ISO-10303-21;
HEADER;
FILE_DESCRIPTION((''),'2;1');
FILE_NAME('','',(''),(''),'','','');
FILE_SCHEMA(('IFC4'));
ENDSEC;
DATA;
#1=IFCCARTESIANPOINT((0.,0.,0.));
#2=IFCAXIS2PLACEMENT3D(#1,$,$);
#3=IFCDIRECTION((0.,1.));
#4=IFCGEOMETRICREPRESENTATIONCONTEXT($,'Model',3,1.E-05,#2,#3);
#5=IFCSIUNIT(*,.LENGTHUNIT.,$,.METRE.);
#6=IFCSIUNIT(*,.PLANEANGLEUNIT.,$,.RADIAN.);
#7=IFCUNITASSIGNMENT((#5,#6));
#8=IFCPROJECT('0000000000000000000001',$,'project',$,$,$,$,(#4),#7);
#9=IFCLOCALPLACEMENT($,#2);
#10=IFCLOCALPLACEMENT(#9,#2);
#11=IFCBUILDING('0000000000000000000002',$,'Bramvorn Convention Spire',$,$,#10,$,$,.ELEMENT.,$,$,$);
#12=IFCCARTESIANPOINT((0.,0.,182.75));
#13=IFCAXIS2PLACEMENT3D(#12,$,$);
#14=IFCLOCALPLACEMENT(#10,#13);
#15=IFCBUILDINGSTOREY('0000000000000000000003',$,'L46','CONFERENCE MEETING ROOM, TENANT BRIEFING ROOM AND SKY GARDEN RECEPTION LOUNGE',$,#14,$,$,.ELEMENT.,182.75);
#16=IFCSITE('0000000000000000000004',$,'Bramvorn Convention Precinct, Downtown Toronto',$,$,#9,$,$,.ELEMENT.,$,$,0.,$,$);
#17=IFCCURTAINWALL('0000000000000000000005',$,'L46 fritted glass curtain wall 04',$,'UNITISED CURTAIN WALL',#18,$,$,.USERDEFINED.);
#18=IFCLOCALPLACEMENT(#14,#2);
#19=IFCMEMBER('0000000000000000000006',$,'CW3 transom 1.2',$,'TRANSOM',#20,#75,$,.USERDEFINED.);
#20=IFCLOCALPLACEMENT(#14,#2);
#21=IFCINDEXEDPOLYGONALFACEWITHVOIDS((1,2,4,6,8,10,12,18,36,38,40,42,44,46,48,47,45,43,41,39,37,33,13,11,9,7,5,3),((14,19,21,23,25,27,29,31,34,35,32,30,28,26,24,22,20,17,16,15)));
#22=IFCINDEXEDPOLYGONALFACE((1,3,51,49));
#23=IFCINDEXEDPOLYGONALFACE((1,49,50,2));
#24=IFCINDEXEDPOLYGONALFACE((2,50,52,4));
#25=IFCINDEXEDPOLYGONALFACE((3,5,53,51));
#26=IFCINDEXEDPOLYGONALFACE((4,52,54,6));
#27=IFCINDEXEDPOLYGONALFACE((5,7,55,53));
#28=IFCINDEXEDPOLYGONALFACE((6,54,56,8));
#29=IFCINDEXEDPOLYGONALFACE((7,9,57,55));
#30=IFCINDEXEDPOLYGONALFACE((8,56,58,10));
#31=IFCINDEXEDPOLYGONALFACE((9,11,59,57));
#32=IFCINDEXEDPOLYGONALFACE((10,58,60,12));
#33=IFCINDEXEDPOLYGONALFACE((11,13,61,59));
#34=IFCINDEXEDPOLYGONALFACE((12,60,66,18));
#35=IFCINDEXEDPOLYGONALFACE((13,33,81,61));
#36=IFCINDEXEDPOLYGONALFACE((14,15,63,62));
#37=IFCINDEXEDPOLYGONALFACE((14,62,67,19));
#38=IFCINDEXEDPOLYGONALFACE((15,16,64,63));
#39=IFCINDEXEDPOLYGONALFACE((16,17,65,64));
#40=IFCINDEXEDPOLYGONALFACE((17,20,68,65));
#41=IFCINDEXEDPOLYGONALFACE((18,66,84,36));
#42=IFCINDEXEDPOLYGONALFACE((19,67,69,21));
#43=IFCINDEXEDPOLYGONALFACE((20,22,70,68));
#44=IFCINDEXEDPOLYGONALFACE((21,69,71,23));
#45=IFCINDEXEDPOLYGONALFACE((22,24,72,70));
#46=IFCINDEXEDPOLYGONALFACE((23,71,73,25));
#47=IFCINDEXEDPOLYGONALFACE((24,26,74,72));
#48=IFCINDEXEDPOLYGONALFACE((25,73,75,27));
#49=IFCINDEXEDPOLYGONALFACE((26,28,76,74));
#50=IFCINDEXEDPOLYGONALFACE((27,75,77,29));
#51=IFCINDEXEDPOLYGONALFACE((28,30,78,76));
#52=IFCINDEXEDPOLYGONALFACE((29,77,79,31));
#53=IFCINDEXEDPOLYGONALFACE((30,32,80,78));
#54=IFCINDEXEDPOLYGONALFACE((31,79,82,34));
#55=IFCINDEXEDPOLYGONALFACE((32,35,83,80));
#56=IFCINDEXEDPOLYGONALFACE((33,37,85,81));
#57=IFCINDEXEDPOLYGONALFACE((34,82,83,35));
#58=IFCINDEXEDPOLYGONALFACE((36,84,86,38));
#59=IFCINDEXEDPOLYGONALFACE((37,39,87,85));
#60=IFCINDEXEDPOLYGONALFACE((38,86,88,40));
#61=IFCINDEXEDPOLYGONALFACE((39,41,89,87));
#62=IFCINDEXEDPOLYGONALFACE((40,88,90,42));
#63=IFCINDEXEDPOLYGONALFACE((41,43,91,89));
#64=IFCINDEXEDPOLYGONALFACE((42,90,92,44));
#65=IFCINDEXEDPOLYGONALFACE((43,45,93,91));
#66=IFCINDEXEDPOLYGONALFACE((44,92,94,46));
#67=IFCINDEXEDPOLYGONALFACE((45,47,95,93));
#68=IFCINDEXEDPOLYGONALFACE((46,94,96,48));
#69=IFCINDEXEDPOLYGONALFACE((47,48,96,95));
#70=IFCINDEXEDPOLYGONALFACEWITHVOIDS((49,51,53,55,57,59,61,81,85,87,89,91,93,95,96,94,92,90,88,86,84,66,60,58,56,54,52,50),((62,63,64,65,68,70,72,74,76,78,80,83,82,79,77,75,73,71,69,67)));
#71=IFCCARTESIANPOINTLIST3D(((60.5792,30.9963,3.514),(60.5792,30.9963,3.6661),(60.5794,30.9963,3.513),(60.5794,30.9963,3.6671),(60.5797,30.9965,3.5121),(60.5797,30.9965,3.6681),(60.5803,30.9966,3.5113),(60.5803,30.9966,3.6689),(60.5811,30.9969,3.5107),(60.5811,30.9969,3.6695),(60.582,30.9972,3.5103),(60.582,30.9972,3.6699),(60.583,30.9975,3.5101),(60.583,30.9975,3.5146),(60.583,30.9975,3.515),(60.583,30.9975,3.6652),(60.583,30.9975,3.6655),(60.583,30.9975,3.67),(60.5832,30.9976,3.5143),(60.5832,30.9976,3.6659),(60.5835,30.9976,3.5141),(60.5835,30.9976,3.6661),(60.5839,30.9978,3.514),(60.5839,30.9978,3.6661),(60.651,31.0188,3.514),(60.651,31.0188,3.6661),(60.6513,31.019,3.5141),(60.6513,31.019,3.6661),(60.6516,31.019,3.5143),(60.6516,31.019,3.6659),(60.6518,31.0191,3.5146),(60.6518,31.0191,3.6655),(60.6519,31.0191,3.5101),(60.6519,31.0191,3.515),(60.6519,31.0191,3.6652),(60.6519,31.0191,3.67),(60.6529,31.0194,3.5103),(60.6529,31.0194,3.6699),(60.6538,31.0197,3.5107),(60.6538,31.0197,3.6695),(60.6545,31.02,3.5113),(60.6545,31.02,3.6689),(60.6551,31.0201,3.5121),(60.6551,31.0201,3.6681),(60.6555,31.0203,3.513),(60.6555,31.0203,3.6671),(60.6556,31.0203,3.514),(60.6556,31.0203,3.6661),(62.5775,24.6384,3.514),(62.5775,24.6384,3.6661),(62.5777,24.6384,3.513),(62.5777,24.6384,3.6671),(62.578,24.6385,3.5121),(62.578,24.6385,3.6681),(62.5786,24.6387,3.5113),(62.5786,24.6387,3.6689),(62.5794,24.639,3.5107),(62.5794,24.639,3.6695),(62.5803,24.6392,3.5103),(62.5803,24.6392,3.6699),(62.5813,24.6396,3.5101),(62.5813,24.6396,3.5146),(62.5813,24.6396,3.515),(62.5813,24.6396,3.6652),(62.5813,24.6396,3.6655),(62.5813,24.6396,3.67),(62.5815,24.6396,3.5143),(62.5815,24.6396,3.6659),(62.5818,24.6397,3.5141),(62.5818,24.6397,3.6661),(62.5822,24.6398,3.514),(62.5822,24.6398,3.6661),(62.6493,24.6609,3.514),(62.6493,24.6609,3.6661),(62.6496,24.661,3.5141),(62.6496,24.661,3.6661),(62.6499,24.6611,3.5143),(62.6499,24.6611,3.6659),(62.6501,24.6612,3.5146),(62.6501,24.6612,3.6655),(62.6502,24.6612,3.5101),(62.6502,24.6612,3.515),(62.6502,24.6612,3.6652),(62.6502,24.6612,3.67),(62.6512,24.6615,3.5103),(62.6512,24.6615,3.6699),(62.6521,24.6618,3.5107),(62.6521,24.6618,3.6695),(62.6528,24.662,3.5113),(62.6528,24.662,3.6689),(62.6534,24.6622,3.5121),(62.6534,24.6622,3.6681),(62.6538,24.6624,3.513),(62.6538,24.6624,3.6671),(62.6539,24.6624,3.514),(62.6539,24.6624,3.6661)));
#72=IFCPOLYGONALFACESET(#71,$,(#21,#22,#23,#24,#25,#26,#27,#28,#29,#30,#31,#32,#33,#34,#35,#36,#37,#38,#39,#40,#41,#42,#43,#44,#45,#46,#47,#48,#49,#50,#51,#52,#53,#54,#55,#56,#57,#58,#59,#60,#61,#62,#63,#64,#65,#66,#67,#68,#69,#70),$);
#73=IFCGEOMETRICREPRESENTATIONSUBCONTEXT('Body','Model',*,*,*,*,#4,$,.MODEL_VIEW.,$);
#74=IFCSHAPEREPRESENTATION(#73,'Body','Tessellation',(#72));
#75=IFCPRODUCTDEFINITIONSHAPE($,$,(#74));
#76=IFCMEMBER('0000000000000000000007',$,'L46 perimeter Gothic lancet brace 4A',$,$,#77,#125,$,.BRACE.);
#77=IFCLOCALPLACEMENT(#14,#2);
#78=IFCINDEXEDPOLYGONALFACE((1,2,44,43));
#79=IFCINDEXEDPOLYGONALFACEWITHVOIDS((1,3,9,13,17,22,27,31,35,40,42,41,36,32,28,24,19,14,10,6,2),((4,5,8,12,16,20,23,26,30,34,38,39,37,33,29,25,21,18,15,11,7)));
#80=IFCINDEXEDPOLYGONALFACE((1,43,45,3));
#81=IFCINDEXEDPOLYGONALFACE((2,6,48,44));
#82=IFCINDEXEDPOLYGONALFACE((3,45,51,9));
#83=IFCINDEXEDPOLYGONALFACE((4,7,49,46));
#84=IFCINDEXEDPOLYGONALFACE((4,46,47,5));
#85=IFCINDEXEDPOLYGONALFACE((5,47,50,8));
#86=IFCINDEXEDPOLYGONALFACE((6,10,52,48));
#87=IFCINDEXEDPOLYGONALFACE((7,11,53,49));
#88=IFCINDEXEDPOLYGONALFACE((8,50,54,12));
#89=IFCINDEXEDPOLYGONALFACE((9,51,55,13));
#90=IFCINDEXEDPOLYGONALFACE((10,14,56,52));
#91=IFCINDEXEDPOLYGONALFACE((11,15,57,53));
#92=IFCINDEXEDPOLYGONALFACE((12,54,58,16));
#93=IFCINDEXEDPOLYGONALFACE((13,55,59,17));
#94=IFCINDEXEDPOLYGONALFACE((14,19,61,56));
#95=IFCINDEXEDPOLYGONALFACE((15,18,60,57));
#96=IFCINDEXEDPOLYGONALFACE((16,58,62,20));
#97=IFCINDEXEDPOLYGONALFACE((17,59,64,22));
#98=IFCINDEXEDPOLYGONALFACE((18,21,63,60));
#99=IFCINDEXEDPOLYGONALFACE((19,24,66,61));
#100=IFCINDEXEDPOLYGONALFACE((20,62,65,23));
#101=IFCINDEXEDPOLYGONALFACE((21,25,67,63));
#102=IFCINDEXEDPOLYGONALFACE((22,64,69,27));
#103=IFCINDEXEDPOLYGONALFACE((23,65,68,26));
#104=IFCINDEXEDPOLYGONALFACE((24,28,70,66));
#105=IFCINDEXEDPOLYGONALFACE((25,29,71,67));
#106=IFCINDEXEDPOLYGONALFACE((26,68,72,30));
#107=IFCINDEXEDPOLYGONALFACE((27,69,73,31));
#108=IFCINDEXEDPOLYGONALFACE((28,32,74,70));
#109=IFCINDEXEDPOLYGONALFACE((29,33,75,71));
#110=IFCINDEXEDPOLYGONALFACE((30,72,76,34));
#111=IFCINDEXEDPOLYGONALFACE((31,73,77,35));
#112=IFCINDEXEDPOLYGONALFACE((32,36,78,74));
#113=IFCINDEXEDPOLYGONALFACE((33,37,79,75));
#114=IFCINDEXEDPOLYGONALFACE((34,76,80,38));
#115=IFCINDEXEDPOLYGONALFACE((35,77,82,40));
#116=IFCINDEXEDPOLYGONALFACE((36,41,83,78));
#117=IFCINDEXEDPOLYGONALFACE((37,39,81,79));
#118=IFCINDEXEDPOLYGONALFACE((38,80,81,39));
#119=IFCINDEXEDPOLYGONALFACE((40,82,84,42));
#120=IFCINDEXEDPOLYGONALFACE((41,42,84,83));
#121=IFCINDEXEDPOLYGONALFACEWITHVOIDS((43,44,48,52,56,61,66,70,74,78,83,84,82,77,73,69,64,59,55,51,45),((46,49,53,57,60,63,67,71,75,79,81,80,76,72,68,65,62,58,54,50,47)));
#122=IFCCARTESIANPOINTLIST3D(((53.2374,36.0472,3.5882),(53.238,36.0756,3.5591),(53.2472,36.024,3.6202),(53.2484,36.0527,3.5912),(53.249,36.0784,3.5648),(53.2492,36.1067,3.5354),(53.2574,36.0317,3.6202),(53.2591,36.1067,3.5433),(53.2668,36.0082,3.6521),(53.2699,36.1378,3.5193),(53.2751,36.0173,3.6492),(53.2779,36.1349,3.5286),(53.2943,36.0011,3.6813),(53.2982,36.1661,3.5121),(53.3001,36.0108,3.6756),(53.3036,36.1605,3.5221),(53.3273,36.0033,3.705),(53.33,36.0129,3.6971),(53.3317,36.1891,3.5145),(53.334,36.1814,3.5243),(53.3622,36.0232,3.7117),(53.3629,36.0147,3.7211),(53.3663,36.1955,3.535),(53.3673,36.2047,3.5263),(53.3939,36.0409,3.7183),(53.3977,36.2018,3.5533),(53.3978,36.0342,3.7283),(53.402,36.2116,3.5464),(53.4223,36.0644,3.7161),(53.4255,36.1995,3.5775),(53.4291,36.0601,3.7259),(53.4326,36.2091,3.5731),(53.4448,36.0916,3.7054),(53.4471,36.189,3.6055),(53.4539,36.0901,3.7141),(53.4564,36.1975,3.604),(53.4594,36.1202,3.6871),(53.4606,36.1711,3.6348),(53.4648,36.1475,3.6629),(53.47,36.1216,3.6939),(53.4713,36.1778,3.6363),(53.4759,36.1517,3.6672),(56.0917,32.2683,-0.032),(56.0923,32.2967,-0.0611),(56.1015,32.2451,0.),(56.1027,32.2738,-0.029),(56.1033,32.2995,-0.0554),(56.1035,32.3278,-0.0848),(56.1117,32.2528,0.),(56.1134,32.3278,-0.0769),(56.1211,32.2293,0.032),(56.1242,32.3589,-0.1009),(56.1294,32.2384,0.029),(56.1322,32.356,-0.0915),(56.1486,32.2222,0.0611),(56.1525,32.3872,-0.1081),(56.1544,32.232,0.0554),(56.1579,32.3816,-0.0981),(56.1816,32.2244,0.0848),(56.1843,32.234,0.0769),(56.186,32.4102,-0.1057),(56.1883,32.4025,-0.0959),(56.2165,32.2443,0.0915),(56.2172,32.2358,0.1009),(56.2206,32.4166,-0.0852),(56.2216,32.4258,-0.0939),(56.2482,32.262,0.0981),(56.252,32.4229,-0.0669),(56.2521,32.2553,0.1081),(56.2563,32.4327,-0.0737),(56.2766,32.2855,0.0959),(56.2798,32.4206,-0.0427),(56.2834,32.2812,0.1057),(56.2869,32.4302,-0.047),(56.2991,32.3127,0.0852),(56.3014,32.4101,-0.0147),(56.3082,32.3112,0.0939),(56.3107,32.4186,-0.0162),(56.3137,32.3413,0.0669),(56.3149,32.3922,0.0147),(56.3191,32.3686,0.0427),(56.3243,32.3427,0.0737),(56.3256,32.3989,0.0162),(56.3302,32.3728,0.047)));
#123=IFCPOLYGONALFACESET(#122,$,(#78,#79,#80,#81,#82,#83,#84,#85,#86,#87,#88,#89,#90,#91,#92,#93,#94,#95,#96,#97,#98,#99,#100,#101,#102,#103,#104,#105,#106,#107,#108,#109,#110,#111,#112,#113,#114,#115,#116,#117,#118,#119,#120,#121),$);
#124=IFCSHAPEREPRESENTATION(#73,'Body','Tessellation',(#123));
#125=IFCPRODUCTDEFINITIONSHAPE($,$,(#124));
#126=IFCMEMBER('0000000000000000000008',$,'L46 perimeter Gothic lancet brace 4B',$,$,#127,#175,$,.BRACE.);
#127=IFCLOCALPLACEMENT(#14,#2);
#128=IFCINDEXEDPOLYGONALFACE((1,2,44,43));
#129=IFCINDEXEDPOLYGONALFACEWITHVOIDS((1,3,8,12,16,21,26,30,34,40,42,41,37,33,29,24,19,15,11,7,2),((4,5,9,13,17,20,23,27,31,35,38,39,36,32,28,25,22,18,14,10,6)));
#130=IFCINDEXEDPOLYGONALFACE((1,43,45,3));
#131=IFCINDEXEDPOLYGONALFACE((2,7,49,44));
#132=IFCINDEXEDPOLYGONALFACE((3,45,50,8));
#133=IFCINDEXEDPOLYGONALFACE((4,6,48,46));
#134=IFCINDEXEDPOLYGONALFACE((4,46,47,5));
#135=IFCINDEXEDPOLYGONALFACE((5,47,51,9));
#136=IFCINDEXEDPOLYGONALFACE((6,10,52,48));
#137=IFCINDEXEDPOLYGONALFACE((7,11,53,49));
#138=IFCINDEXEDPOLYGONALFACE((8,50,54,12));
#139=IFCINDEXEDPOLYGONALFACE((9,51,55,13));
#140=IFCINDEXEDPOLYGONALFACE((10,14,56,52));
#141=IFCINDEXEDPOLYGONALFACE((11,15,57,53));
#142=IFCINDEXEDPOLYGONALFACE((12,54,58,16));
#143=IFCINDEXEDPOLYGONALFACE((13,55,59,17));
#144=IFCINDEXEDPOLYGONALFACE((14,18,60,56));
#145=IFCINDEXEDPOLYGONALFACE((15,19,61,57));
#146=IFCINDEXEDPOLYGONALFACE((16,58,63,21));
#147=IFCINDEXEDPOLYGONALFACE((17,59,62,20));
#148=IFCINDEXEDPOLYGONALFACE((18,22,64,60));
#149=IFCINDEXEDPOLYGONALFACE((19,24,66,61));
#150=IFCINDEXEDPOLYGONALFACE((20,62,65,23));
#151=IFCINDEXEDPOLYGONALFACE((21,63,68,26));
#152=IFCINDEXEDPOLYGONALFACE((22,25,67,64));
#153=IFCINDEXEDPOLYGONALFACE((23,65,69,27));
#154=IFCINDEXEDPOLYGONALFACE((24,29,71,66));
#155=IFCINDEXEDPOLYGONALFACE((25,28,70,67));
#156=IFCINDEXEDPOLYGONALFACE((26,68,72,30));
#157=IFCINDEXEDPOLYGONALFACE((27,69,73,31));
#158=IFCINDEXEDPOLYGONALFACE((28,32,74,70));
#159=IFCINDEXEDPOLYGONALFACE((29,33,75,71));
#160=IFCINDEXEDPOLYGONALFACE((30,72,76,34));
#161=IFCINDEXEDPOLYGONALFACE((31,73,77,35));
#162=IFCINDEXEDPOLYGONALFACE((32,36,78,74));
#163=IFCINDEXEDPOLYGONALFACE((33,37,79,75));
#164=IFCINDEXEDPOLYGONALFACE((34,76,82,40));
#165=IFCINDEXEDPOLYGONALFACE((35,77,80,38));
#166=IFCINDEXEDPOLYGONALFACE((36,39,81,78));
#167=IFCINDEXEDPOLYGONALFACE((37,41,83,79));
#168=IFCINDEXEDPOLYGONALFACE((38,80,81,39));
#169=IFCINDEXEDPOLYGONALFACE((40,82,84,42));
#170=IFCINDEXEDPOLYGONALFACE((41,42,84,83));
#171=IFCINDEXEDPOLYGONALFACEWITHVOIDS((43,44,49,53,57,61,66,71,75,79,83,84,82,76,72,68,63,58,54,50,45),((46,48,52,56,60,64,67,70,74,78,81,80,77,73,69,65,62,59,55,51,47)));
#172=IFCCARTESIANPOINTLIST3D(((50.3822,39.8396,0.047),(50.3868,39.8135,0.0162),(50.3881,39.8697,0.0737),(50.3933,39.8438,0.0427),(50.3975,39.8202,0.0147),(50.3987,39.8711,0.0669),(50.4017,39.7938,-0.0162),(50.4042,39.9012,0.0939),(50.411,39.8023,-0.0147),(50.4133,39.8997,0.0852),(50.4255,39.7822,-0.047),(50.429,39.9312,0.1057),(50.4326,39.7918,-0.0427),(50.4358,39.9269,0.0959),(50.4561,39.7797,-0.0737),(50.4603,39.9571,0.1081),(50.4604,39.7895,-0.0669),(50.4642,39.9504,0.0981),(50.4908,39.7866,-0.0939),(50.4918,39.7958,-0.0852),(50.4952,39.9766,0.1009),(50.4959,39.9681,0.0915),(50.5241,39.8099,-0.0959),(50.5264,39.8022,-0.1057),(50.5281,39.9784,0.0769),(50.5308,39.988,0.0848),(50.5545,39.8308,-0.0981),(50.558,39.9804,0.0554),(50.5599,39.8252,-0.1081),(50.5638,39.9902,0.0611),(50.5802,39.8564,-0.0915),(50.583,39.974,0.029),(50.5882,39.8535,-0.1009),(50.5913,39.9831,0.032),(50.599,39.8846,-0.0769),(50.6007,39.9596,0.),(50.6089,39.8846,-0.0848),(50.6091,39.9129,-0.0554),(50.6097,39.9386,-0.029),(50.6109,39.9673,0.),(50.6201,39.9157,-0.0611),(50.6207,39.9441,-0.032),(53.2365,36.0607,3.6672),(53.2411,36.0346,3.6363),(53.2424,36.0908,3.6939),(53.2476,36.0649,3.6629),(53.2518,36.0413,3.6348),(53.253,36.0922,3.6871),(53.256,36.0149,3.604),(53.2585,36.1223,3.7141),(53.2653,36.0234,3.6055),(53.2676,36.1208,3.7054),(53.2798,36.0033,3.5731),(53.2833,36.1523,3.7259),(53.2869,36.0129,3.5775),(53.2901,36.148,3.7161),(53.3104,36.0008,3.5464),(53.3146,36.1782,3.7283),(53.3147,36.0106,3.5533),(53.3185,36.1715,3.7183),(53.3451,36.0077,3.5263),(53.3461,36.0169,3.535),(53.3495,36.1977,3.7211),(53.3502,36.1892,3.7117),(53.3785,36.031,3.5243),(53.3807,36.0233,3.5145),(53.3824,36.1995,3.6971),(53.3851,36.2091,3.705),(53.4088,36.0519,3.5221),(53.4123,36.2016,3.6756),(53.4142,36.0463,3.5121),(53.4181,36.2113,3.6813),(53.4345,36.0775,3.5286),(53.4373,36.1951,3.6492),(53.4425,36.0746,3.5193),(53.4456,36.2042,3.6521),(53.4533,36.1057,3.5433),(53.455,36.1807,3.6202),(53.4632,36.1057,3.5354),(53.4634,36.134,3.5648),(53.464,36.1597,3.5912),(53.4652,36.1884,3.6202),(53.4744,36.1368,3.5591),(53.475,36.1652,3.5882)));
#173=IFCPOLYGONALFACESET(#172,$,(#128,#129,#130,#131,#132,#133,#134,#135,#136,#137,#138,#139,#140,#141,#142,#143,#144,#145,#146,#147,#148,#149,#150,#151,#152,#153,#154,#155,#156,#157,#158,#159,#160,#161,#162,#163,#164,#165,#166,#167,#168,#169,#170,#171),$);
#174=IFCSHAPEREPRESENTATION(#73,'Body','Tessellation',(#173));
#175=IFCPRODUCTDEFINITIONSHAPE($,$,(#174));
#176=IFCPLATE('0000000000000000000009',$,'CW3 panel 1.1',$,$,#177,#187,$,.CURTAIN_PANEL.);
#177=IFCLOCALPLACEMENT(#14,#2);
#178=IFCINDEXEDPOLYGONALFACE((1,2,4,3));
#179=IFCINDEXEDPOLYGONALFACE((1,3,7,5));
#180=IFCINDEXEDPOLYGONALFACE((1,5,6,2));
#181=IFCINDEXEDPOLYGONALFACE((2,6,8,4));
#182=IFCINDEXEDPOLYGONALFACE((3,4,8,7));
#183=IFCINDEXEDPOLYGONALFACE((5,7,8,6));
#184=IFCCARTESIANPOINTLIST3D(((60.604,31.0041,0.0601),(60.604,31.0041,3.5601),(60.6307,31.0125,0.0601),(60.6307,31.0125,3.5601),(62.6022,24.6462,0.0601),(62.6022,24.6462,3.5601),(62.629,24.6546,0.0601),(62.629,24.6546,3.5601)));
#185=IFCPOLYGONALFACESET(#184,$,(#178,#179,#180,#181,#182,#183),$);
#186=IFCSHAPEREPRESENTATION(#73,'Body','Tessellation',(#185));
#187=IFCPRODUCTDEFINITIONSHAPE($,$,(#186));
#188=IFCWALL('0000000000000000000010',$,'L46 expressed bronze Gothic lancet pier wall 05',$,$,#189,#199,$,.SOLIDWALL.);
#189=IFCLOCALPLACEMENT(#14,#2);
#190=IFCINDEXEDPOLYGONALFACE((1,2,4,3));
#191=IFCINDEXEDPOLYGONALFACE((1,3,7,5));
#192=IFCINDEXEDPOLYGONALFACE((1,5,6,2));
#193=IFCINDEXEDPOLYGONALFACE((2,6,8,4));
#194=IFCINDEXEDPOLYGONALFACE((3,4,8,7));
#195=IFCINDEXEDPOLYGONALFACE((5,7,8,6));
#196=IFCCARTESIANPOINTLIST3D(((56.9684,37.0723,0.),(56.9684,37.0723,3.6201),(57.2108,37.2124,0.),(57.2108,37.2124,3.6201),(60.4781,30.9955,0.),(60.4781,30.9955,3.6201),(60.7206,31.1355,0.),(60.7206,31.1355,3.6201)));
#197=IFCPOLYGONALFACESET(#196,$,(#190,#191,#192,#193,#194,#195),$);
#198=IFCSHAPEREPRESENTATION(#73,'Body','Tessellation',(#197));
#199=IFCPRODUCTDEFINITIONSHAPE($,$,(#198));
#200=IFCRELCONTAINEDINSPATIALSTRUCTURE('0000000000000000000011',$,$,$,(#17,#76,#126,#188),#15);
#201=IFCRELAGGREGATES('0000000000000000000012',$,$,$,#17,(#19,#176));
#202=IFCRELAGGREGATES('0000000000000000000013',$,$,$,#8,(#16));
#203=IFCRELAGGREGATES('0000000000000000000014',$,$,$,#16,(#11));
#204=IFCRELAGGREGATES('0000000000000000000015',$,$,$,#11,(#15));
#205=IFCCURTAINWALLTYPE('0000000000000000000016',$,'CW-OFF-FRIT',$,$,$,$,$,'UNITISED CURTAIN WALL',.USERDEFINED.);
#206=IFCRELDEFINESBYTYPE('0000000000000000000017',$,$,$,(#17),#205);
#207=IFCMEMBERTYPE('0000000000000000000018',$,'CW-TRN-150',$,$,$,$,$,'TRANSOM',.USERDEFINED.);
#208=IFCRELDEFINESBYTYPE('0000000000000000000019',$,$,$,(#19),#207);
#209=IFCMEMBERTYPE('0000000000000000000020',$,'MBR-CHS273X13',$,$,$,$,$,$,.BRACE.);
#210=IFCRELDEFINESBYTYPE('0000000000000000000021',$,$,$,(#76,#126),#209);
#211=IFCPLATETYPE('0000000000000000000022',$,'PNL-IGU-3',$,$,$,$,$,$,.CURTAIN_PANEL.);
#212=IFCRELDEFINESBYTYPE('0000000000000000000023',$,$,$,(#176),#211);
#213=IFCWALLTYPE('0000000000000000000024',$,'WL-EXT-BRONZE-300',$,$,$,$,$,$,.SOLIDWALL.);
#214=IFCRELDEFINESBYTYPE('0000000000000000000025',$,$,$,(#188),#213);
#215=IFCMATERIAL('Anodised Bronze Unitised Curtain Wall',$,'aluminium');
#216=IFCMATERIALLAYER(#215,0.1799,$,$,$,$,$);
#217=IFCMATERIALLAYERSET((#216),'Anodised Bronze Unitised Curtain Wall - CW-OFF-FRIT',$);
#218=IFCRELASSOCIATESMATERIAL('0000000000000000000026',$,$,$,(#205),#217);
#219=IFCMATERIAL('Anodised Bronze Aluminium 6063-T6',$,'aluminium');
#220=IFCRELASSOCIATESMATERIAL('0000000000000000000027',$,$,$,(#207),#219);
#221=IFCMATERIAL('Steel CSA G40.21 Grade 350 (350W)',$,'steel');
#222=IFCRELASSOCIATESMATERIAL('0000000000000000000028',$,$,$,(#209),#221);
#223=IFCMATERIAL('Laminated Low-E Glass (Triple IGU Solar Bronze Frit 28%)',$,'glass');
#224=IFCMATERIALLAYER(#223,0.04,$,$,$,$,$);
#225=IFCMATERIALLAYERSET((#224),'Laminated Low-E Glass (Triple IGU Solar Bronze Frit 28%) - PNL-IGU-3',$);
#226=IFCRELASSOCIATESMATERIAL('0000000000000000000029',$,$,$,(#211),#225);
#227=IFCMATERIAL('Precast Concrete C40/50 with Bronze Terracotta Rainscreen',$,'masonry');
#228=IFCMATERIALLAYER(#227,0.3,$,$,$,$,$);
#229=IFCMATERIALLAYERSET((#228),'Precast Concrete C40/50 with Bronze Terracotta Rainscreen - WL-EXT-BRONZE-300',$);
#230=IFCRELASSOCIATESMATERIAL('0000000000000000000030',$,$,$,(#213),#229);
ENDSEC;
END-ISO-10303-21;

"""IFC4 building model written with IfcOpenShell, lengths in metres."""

from ifc_helpers import new_model, si_unit, direction, frame, frame_2d, origin, origin_2d, place, context, subcontext, project, spatial, rectangle, hollow_rectangle, hollow_circle, extrude, material, layer, layer_set, material_profile, profile_set, type_object, element, aggregate, save


model = new_model("IFC4")

# Units and contexts
model_context = context("Model", 3, precision=1e-05, world=origin(), true_north=direction((0.0, 1.0)))
body_context = subcontext(model_context, "Body", "Model", "MODEL_VIEW")
ifc_project = project(units=[si_unit("LENGTHUNIT", "METRE"), si_unit("PLANEANGLEUNIT", "RADIAN")], contexts=[model_context])

# Site, building, storey
site_placement = place(None, origin())
site = spatial("IfcSite", under=ifc_project, at=site_placement, Name="Bramvorn Convention Precinct, Downtown Toronto", CompositionType="ELEMENT", RefElevation=0.0)
building_placement = place(site_placement, origin())
building = spatial("IfcBuilding", under=site, at=building_placement, Name="Bramvorn Convention Spire", CompositionType="ELEMENT")
storey_placement = place(building_placement, frame((0.0, 0.0, 182.75)))
storey = spatial("IfcBuildingStorey", under=building, at=storey_placement, Name="L46", Description="CONFERENCE MEETING ROOM, TENANT BRIEFING ROOM AND SKY GARDEN RECEPTION LOUNGE", CompositionType="ELEMENT", Elevation=182.75)

# Shared definitions
ifc_material_1 = material(Name="Steel CSA G40.21 Grade 350 (350W)", Category="steel")

# Shared definitions
ifc_material_2 = material(Name="Anodised Bronze Unitised Curtain Wall", Category="aluminium")
ifc_layer_1 = layer(ifc_material_2, 0.1799)
ifc_layer_set_1 = layer_set([ifc_layer_1], Name="Anodised Bronze Unitised Curtain Wall - CW-OFF-FRIT")
curtain_wall_type = type_object("IfcCurtainWallType", Name="CW-OFF-FRIT", ElementType="UNITISED CURTAIN WALL", PredefinedType="USERDEFINED", material=ifc_layer_set_1)
ifc_material_3 = material(Name="Anodised Bronze Aluminium 6063-T6", Category="aluminium")

# Curtain wall
curtain_wall_1_placement = place(storey_placement, origin())
curtain_wall_1 = element("IfcCurtainWall", 1, at=curtain_wall_1_placement, inside=storey, type_object=curtain_wall_type, Name="L46 fritted glass curtain wall 04", ObjectType="UNITISED CURTAIN WALL", PredefinedType="USERDEFINED")

# Member
ifc_material_profile_1 = material_profile(ifc_material_3, hollow_rectangle(XDim=0.0801, YDim=0.1599, WallThickness=0.0039, InnerFilletRadius=0.001, OuterFilletRadius=0.0039, at=origin_2d()))
ifc_profile_set_1 = profile_set([ifc_material_profile_1], Name="Anodised Bronze Aluminium 6063-T6 - CWT80X160")
member_type_1 = type_object("IfcMemberType", Name="CW-TRN-150", ElementType="TRANSOM", PredefinedType="USERDEFINED", material=ifc_profile_set_1)
member_1_placement = place(storey_placement, frame((60.6174, 31.0083, 3.5901), z_axis=(0.299839, -0.95399, 0.0), x_axis=(0.95399, 0.299839, 0.0)))
member_1 = element("IfcMember", 2, at=member_1_placement, type_object=member_type_1, Name="CW3 transom 1.2", ObjectType="TRANSOM", PredefinedType="USERDEFINED", context=body_context, shape_type="SweptSolid", body=[
    extrude(hollow_rectangle(XDim=0.0801, YDim=0.1599, WallThickness=0.0039, InnerFilletRadius=0.001, OuterFilletRadius=0.0039, at=origin_2d()), origin(), (0.0, 0.0, 1.0), 6.6646),
])

# Members
ifc_material_profile_2 = material_profile(ifc_material_1, hollow_circle(Radius=0.1365, WallThickness=0.0127, at=origin_2d()))
ifc_profile_set_2 = profile_set([ifc_material_profile_2], Name="Steel CSA G40.21 Grade 350 (350W) - CHS273X13")
member_type_2 = type_object("IfcMemberType", Name="MBR-CHS273X13", PredefinedType="BRACE", material=ifc_profile_set_2)
for number, where, z_axis, x_axis, name in (
    (3, (56.2104, 32.3274, 0.0), (-0.478835, 0.633941, 0.607319), (-0.797954, -0.602719, 0.0), "L46 perimeter Gothic lancet brace 4A"),
    (4, (50.502, 39.885, 0.0), (0.478835, -0.633941, 0.607319), (0.797954, 0.602719, 0.0), "L46 perimeter Gothic lancet brace 4B"),
):
    element("IfcMember", number, at=place(storey_placement, frame(where, z_axis=z_axis, x_axis=x_axis)), inside=storey, type_object=member_type_2, Name=name, PredefinedType="BRACE", context=body_context, shape_type="SweptSolid", body=[
        extrude(hollow_circle(Radius=0.1365, WallThickness=0.0127, at=origin_2d()), origin(), (0.0, 0.0, 1.0), 5.9609),
    ])

# Plate
ifc_material_4 = material(Name="Laminated Low-E Glass (Triple IGU Solar Bronze Frit 28%)", Category="glass")
ifc_layer_2 = layer(ifc_material_4, 0.04)
ifc_layer_set_2 = layer_set([ifc_layer_2], Name="Laminated Low-E Glass (Triple IGU Solar Bronze Frit 28%) - PNL-IGU-3")
plate_type = type_object("IfcPlateType", Name="PNL-IGU-3", PredefinedType="CURTAIN_PANEL", material=ifc_layer_set_2)
plate_placement = place(storey_placement, frame((61.6165, 27.8293, 0.0601), z_axis=(0.0, 0.0, 1.0), x_axis=(0.299829, -0.953993, 0.0)))
plate = element("IfcPlate", 5, at=plate_placement, type_object=plate_type, Name="CW3 panel 1.1", PredefinedType="CURTAIN_PANEL", context=body_context, shape_type="SweptSolid", body=[
    extrude(rectangle(XDim=6.6646, YDim=0.0281, at=origin_2d()), origin(), (0.0, 0.0, 1.0), 3.5),
])
aggregate(curtain_wall_1, [member_1, plate])

# Wall
ifc_material_5 = material(Name="Precast Concrete C40/50 with Bronze Terracotta Rainscreen", Category="masonry")
ifc_layer_3 = layer(ifc_material_5, 0.3)
ifc_layer_set_3 = layer_set([ifc_layer_3], Name="Precast Concrete C40/50 with Bronze Terracotta Rainscreen - WL-EXT-BRONZE-300")
wall_type_1 = type_object("IfcWallType", Name="WL-EXT-BRONZE-300", PredefinedType="SOLIDWALL", material=ifc_layer_set_3)
wall_1_placement = place(storey_placement, frame((57.0896, 37.1423, 0.0), z_axis=(0.0, 0.0, 1.0), x_axis=(0.500135, -0.865947, 0.0)))
element("IfcWall", 6, at=wall_1_placement, inside=storey, type_object=wall_type_1, Name="L46 expressed bronze Gothic lancet pier wall 05", PredefinedType="SOLIDWALL", context=body_context, shape_type="SweptSolid", body=[
    extrude(rectangle(XDim=7.0176, YDim=0.28, at=frame_2d((3.5088, 0.0))), origin(), (0.0, 0.0, 1.0), 3.6201),
])

save(model, "model.ifc")
